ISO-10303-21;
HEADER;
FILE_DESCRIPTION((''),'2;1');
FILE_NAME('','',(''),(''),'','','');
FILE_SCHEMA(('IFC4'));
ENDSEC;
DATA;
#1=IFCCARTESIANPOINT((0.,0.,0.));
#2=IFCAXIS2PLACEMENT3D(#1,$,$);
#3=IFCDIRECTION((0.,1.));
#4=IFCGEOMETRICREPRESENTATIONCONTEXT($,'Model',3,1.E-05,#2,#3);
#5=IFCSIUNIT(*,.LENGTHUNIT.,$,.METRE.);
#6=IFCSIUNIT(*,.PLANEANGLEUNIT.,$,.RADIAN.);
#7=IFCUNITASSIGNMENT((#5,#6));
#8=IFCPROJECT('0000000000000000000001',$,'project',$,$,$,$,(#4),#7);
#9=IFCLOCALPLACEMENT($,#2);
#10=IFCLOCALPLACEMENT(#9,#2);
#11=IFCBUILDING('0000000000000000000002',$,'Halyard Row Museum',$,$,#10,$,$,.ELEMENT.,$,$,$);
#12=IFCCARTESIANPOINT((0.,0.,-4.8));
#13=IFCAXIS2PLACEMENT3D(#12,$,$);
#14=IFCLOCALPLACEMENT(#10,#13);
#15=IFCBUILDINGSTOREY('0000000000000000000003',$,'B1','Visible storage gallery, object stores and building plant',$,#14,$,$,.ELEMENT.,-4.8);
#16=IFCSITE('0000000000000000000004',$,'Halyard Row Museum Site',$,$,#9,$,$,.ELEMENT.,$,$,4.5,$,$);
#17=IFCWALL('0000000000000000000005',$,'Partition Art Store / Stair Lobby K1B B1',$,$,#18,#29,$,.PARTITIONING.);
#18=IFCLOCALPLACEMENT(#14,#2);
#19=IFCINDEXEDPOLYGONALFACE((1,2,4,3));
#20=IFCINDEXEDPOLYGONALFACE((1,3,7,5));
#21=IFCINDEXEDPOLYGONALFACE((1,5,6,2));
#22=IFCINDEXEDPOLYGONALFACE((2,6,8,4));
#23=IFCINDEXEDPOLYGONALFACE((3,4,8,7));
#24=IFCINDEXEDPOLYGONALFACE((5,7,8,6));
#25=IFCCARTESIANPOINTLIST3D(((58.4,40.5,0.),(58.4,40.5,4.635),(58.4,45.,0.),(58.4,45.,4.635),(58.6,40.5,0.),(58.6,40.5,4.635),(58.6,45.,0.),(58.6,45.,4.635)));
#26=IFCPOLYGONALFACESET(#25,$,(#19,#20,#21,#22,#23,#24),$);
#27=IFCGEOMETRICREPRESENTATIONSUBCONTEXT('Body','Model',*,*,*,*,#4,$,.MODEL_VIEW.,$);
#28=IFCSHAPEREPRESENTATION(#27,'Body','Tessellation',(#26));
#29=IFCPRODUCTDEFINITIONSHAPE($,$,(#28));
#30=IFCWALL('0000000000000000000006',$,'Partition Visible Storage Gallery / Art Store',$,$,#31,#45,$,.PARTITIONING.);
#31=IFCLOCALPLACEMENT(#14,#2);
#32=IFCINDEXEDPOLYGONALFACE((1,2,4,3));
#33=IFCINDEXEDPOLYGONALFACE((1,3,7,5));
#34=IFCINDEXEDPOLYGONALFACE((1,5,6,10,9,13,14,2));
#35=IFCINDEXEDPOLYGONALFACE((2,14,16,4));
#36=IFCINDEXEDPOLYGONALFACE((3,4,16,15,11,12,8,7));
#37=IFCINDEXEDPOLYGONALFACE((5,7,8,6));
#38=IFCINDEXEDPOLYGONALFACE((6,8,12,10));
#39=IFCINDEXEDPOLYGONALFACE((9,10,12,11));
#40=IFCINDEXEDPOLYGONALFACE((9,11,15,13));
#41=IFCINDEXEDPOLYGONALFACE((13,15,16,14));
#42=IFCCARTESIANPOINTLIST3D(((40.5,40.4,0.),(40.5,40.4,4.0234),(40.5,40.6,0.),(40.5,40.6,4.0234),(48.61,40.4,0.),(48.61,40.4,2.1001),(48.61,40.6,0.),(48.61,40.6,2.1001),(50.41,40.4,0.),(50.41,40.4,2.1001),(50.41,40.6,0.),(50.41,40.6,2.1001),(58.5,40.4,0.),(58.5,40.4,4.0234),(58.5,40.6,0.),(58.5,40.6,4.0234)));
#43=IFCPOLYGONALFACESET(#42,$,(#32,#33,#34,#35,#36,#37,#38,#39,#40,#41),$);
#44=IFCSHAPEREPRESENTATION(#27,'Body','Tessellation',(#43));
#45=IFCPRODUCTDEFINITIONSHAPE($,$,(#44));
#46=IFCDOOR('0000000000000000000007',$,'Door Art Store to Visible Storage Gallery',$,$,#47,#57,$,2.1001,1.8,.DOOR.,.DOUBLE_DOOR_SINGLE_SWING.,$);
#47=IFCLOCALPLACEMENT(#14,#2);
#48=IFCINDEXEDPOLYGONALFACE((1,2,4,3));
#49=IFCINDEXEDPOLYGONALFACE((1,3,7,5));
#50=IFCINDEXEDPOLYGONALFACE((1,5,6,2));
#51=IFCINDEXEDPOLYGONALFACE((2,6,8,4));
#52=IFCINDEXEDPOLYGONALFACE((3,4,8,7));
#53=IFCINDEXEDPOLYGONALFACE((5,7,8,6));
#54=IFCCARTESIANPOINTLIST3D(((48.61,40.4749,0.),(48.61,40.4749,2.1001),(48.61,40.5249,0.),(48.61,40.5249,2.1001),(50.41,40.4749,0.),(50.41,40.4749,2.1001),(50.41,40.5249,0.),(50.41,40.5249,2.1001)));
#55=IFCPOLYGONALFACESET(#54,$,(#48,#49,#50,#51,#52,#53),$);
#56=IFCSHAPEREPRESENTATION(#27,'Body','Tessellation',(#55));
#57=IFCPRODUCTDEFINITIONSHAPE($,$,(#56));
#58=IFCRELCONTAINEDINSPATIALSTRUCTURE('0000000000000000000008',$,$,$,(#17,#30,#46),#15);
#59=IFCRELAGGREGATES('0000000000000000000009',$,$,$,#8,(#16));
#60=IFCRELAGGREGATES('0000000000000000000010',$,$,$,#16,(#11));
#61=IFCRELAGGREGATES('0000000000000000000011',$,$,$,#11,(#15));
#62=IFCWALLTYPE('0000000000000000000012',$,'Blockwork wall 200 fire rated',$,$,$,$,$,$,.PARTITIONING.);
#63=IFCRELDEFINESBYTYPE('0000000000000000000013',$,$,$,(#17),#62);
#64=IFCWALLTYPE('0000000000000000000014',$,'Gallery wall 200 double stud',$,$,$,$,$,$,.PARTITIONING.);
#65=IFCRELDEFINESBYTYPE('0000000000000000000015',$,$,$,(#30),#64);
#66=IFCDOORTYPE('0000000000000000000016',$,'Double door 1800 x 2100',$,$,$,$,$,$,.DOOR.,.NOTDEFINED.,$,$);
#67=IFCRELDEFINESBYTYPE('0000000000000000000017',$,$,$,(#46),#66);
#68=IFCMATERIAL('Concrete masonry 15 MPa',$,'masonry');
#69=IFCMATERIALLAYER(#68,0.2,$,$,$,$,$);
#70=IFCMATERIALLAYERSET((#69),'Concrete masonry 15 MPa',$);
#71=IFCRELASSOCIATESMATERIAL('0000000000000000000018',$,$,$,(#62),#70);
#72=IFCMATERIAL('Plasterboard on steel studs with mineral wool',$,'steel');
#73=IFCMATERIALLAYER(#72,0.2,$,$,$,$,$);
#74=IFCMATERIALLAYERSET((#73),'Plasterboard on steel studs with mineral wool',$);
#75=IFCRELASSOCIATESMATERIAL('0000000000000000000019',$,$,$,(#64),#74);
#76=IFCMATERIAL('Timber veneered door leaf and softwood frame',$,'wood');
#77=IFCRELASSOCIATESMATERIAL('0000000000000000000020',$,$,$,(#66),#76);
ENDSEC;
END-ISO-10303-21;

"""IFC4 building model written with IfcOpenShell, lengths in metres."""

from ifc_helpers import new_model, si_unit, direction, frame, frame_2d, origin, place, context, subcontext, project, spatial, rectangle, extrude, material, layer, layer_set, type_object, element, fill, save


model = new_model("IFC4")

# Units and contexts
model_context = context("Model", 3, precision=1e-05, world=origin(), true_north=direction((0.0, 1.0)))
body_context = subcontext(model_context, "Body", "Model", "MODEL_VIEW")
ifc_project = project(units=[si_unit("LENGTHUNIT", "METRE"), si_unit("PLANEANGLEUNIT", "RADIAN")], contexts=[model_context])

# Site, building, storey
site_placement = place(None, origin())
site = spatial("IfcSite", under=ifc_project, at=site_placement, Name="Halyard Row Museum Site", CompositionType="ELEMENT", RefElevation=4.5)
building_placement = place(site_placement, origin())
building = spatial("IfcBuilding", under=site, at=building_placement, Name="Halyard Row Museum", CompositionType="ELEMENT")
storey_placement = place(building_placement, frame((0.0, 0.0, -4.8)))
storey = spatial("IfcBuildingStorey", under=building, at=storey_placement, Name="B1", Description="Visible storage gallery, object stores and building plant", CompositionType="ELEMENT", Elevation=-4.8)

# Wall
ifc_material_1 = material(Name="Concrete masonry 15 MPa", Category="masonry")
ifc_layer_1 = layer(ifc_material_1, 0.2)
ifc_layer_set_1 = layer_set([ifc_layer_1], Name="Concrete masonry 15 MPa")
wall_type_1 = type_object("IfcWallType", Name="Blockwork wall 200 fire rated", PredefinedType="PARTITIONING", material=ifc_layer_set_1)
for number, where, z_axis, x_axis, name in (
    (1, (58.5, 40.5, 0.0), (0.0, 0.0, 1.0), (0.0, 1.0, 0.0), "Partition Art Store / Stair Lobby K1B B1"),
):
    element("IfcWall", number, at=place(storey_placement, frame(where, z_axis=z_axis, x_axis=x_axis)), inside=storey, type_object=wall_type_1, Name=name, PredefinedType="PARTITIONING", context=body_context, shape_type="SweptSolid", body=[
        extrude(rectangle(XDim=4.5, YDim=0.2, at=frame_2d((2.25, 0.0))), origin(), (0.0, 0.0, 1.0), 4.635),
    ])

# Wall, opening, door
ifc_material_2 = material(Name="Plasterboard on steel studs with mineral wool", Category="steel")
ifc_layer_2 = layer(ifc_material_2, 0.2)
ifc_layer_set_2 = layer_set([ifc_layer_2], Name="Plasterboard on steel studs with mineral wool")
wall_type_2 = type_object("IfcWallType", Name="Gallery wall 200 double stud", PredefinedType="PARTITIONING", material=ifc_layer_set_2)
wall_1_placement = place(storey_placement, frame((40.5, 40.5, 0.0), z_axis=(0.0, 0.0, 1.0), x_axis=(1.0, 0.0, 0.0)))
wall_1 = element("IfcWall", 2, at=wall_1_placement, inside=storey, type_object=wall_type_2, Name="Partition Visible Storage Gallery / Art Store", PredefinedType="PARTITIONING", context=body_context, shape_type="SweptSolid", body=[
    extrude(rectangle(XDim=18.0, YDim=0.2, at=frame_2d((9.0, 0.0))), origin(), (0.0, 0.0, 1.0), 4.0234),
])
opening_1_placement = place(wall_1_placement, frame((8.1101, 0.0, 0.0)))
opening_1 = element("IfcOpeningElement", 3, at=opening_1_placement, cuts=wall_1, PredefinedType="OPENING", context=body_context, shape_type="SweptSolid", body=[
    extrude(rectangle(XDim=1.8, YDim=2.1001, at=frame_2d((0.8999, 1.05))), frame((0.0, 0.1099, 0.0), z_axis=(0.0, -1.0, 0.0), x_axis=(1.0, 0.0, 0.0)), (0.0, 0.0, 1.0), 0.22),
])
ifc_material_3 = material(Name="Timber veneered door leaf and softwood frame", Category="wood")
door_type_1 = type_object("IfcDoorType", Name="Double door 1800 x 2100", OperationType="NOTDEFINED", PredefinedType="DOOR", material=ifc_material_3)
door_1_placement = place(opening_1_placement, origin())
door_1 = element("IfcDoor", 4, at=door_1_placement, inside=storey, type_object=door_type_1, Name="Door Art Store to Visible Storage Gallery", OperationType="DOUBLE_DOOR_SINGLE_SWING", OverallHeight=2.1001, OverallWidth=1.8, PredefinedType="DOOR", context=body_context, shape_type="SweptSolid", body=[
    extrude(rectangle(XDim=1.8, YDim=2.1001, at=frame_2d((0.8999, 1.05))), frame((0.0, 0.0249, 0.0), z_axis=(0.0, -1.0, 0.0), x_axis=(1.0, 0.0, 0.0)), (0.0, 0.0, 1.0), 0.05),
])
fill(opening_1, door_1)

save(model, "model.ifc")
